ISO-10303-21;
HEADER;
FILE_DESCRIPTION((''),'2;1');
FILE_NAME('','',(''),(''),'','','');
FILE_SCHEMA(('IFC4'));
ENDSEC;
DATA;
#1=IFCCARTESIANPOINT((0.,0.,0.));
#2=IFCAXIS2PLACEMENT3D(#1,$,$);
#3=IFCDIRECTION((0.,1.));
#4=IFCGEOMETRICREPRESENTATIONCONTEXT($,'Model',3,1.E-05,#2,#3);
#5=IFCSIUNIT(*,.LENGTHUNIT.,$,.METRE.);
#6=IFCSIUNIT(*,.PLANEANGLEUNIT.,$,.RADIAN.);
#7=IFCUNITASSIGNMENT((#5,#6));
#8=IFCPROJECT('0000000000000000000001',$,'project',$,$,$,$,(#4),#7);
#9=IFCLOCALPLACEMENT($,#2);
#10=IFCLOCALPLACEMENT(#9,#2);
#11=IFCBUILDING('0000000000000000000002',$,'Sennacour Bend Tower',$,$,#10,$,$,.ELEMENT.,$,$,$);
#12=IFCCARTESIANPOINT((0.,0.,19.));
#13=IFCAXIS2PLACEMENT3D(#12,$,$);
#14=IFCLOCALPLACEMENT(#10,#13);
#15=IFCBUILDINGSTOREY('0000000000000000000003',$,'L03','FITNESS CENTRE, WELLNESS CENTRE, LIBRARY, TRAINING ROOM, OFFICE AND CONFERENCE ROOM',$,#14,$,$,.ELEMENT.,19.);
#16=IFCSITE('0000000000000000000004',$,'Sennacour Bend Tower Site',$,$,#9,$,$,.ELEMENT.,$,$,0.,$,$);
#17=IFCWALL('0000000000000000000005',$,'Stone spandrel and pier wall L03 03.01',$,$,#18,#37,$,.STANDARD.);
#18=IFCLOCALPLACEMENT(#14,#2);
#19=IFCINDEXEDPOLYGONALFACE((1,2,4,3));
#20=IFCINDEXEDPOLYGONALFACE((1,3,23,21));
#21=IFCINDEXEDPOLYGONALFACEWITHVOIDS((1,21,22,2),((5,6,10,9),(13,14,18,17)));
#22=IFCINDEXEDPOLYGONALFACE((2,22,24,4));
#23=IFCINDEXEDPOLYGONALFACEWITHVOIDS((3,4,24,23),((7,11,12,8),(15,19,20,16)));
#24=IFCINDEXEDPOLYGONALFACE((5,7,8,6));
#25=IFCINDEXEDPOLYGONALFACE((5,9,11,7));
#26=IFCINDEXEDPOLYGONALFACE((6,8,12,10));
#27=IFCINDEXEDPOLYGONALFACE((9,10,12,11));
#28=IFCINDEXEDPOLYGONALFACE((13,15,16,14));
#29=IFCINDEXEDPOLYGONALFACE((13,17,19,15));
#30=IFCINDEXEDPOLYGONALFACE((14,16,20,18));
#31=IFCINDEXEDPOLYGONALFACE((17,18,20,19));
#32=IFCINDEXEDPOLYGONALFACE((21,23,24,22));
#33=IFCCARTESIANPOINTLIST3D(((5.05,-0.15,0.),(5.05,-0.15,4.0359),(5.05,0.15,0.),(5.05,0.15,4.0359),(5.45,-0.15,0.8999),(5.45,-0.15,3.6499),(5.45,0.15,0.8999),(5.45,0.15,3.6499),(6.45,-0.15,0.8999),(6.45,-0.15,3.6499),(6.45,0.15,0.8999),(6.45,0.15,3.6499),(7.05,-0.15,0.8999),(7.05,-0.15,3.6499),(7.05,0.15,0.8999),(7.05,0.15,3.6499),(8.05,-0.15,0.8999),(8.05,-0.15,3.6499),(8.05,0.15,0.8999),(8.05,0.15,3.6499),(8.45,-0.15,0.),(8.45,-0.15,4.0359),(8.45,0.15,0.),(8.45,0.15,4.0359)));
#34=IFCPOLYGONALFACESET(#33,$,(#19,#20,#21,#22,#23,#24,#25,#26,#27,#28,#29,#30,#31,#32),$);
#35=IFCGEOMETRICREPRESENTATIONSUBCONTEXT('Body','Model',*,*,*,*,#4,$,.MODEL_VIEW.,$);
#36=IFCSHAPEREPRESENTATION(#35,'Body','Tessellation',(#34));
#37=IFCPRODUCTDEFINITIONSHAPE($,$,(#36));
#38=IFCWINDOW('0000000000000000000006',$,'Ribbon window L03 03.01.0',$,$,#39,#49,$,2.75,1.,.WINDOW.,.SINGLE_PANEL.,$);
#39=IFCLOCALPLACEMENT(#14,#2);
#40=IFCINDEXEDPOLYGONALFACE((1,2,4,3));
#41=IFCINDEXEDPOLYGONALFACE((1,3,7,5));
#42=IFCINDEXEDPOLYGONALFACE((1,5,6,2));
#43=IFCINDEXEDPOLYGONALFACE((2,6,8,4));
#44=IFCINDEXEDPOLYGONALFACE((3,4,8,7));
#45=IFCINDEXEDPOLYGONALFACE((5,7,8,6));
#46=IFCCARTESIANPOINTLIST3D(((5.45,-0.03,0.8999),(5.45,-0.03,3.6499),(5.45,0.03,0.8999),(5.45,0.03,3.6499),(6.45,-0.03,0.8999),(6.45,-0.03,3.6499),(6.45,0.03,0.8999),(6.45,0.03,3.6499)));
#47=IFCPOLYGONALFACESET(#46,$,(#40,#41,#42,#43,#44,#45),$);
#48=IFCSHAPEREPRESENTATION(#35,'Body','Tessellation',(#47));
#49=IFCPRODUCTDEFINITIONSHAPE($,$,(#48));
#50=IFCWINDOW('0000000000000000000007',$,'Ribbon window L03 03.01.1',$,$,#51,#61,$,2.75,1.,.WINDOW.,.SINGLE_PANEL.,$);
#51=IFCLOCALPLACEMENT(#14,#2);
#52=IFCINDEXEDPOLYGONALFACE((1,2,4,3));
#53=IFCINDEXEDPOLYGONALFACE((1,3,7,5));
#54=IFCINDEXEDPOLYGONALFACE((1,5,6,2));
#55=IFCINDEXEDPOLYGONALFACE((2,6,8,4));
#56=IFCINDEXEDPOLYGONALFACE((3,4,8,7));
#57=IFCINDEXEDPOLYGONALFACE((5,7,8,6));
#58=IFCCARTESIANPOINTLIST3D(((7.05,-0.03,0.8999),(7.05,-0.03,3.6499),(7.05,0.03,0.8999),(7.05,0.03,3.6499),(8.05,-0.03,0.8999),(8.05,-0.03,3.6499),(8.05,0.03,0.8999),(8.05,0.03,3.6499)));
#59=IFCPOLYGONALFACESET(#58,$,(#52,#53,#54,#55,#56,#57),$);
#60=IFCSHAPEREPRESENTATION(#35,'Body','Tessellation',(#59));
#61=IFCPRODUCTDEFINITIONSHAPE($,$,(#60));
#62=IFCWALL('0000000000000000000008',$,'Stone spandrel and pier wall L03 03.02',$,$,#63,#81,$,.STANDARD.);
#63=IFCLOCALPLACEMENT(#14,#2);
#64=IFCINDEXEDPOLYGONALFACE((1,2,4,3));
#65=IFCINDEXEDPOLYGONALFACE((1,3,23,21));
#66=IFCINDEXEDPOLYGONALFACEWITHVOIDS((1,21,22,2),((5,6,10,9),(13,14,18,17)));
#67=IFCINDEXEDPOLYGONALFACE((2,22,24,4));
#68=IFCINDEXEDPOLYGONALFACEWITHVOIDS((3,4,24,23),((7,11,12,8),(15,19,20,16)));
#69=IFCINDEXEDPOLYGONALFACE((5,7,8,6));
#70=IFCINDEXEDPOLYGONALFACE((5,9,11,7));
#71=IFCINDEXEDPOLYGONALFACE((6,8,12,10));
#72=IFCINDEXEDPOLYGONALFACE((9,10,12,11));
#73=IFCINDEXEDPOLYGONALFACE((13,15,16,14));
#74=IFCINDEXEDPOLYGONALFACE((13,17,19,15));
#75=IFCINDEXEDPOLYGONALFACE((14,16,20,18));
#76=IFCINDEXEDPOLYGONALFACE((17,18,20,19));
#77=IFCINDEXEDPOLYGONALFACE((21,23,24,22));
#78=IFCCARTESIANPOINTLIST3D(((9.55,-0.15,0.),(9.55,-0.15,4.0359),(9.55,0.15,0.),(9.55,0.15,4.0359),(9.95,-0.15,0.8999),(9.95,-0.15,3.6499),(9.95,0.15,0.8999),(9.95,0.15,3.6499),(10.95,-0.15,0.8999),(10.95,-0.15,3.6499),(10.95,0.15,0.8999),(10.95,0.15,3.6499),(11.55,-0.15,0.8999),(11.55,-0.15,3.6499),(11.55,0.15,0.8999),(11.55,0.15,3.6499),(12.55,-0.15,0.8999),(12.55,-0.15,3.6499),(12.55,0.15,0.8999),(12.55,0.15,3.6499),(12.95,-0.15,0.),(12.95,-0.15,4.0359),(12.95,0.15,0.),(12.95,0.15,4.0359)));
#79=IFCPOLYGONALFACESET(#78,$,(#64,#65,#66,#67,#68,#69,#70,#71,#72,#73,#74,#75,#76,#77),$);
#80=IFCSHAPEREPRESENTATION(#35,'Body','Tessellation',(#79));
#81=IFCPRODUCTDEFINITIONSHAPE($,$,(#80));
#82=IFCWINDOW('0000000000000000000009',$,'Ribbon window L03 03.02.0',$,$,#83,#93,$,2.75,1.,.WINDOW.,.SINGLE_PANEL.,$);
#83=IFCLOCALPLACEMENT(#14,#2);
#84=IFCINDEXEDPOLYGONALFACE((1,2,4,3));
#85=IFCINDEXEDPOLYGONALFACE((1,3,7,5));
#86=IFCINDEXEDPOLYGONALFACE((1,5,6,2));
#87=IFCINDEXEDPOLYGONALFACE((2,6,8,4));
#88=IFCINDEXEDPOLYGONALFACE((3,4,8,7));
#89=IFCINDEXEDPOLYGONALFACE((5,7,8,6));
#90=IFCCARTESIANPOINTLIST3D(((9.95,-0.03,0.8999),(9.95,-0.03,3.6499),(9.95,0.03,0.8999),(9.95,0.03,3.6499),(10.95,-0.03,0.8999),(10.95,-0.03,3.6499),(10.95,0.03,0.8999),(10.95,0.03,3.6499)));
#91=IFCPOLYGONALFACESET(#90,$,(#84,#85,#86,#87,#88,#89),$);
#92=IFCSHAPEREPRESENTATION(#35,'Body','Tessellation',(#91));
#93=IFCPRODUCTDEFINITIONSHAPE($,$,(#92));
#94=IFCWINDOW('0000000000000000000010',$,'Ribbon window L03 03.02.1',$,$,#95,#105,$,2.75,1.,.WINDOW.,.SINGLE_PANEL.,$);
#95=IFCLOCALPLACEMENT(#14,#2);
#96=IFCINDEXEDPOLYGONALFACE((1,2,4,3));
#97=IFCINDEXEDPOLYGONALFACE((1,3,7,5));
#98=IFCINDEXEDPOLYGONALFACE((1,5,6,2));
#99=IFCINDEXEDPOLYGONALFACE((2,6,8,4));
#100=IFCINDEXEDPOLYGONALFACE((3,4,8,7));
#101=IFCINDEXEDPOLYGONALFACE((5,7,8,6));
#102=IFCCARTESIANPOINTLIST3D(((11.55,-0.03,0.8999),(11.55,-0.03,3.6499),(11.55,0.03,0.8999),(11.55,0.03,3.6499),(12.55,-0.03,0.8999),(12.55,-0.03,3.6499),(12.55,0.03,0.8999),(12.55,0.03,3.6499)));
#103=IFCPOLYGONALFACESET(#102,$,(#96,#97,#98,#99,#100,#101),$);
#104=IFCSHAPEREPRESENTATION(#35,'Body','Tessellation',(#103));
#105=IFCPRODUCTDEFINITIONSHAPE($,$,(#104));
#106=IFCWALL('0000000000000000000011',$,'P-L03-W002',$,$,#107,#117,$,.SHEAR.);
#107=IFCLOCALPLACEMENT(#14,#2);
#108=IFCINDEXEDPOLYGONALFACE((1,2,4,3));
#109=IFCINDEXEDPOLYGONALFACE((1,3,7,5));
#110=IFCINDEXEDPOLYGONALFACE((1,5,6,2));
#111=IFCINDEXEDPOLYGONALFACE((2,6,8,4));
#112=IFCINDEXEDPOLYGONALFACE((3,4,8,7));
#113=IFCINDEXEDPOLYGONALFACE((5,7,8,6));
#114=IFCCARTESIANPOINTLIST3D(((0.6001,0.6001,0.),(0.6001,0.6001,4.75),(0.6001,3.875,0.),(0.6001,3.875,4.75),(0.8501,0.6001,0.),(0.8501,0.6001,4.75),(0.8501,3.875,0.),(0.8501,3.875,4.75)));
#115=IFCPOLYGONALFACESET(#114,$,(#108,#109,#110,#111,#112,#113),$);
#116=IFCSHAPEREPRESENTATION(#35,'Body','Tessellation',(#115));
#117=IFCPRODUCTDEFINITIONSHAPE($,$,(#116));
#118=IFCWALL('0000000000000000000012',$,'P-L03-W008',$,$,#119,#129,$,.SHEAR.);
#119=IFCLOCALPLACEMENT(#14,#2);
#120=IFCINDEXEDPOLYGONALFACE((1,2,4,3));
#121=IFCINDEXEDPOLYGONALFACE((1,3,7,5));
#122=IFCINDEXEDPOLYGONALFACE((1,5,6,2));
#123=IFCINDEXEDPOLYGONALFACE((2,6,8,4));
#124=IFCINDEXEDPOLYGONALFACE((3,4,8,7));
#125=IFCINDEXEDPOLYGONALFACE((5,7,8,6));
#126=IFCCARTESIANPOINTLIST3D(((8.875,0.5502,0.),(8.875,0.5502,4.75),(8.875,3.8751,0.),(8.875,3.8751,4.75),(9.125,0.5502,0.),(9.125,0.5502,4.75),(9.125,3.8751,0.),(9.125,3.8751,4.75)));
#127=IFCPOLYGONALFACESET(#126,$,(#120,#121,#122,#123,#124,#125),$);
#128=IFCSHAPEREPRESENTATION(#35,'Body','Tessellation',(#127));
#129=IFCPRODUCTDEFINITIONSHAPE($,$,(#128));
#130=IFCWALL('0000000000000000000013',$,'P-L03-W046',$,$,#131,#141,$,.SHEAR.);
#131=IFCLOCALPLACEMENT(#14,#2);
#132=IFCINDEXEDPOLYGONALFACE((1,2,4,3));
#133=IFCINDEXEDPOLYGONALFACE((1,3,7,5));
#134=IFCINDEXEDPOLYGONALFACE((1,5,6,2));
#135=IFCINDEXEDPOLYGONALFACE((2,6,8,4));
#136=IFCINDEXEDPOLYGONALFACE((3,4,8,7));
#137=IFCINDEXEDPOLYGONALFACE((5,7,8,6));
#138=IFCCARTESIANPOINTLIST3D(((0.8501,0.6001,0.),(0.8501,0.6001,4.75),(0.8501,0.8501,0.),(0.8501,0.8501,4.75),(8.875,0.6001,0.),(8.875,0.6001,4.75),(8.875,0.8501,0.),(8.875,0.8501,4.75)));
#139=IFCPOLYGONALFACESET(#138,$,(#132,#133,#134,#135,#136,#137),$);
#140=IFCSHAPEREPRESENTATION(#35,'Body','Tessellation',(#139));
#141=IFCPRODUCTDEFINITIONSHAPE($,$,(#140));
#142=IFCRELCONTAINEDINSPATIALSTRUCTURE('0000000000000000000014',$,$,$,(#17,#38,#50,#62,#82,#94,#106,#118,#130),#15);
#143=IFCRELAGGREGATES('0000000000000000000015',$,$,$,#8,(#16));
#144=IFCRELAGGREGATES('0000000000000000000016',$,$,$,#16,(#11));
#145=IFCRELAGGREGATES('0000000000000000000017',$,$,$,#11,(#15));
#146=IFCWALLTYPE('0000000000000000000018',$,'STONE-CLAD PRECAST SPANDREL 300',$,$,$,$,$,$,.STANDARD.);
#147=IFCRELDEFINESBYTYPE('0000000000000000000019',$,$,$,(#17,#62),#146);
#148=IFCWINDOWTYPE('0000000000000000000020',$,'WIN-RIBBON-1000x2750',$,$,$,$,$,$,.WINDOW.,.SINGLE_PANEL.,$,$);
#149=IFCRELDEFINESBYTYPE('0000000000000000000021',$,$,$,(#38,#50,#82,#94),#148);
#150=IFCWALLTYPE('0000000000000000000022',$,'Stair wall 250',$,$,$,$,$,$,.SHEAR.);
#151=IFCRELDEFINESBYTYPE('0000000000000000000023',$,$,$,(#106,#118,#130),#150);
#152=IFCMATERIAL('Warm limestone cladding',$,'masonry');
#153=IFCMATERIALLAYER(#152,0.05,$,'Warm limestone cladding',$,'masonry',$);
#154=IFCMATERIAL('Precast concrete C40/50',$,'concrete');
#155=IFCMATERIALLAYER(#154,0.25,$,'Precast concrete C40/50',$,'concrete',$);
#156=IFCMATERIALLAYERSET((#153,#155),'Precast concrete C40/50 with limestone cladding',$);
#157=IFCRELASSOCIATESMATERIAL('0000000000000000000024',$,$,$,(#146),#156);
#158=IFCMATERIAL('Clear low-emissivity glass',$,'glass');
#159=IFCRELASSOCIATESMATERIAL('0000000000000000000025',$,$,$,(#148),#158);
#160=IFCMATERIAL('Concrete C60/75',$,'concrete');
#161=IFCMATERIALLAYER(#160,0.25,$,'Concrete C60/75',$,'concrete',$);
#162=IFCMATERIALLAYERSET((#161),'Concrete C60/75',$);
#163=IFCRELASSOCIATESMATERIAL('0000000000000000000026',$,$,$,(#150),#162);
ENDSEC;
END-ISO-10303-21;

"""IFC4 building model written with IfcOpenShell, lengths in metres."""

from ifc_helpers import new_model, si_unit, direction, frame, frame_2d, origin, place, context, subcontext, project, spatial, rectangle, extrude, material, layer, layer_set, type_object, element, fill, save


model = new_model("IFC4")

# Units and contexts
model_context = context("Model", 3, precision=1e-05, world=origin(), true_north=direction((0.0, 1.0)))
body_context = subcontext(model_context, "Body", "Model", "MODEL_VIEW")
ifc_project = project(units=[si_unit("LENGTHUNIT", "METRE"), si_unit("PLANEANGLEUNIT", "RADIAN")], contexts=[model_context])

# Site, building, storey
site_placement = place(None, origin())
site = spatial("IfcSite", under=ifc_project, at=site_placement, Name="Sennacour Bend Tower Site", CompositionType="ELEMENT", RefElevation=0.0)
building_placement = place(site_placement, origin())
building = spatial("IfcBuilding", under=site, at=building_placement, Name="Sennacour Bend Tower", CompositionType="ELEMENT")
storey_placement = place(building_placement, frame((0.0, 0.0, 19.0)))
storey = spatial("IfcBuildingStorey", under=building, at=storey_placement, Name="L03", Description="FITNESS CENTRE, WELLNESS CENTRE, LIBRARY, TRAINING ROOM, OFFICE AND CONFERENCE ROOM", CompositionType="ELEMENT", Elevation=19.0)

# Walls, openings, windows
ifc_material_1 = material(Name="Warm limestone cladding", Category="masonry")
ifc_layer_1 = layer(ifc_material_1, 0.05, Name="Warm limestone cladding", Category="masonry")
ifc_material_2 = material(Name="Precast concrete C40/50", Category="concrete")
ifc_layer_2 = layer(ifc_material_2, 0.25, Name="Precast concrete C40/50", Category="concrete")
ifc_layer_set_1 = layer_set([ifc_layer_1, ifc_layer_2], Name="Precast concrete C40/50 with limestone cladding")
wall_type_1 = type_object("IfcWallType", Name="STONE-CLAD PRECAST SPANDREL 300", PredefinedType="STANDARD", material=ifc_layer_set_1)
wall_1_placement = place(storey_placement, frame((5.05, 0.0, 0.0), z_axis=(0.0, 0.0, 1.0), x_axis=(1.0, 0.0, 0.0)))
wall_1 = element("IfcWall", 1, at=wall_1_placement, inside=storey, type_object=wall_type_1, Name="Stone spandrel and pier wall L03 03.01", PredefinedType="STANDARD", context=body_context, shape_type="SweptSolid", body=[
    extrude(rectangle(XDim=3.3999, YDim=0.3, at=frame_2d((1.7, 0.0))), origin(), (0.0, 0.0, 1.0), 4.0359),
])
opening_1_placement = place(wall_1_placement, frame((0.3999, 0.0, 0.8999)))
opening_1 = element("IfcOpeningElement", 2, at=opening_1_placement, cuts=wall_1, PredefinedType="OPENING", context=body_context, shape_type="SweptSolid", body=[
    extrude(rectangle(XDim=1.0, YDim=2.75, at=frame_2d((0.5, 1.375))), frame((0.0, 0.1602, 0.0), z_axis=(0.0, -1.0, 0.0), x_axis=(1.0, 0.0, 0.0)), (0.0, 0.0, 1.0), 0.3201),
])
opening_2_placement = place(wall_1_placement, frame((2.0, 0.0, 0.8999)))
opening_2 = element("IfcOpeningElement", 3, at=opening_2_placement, cuts=wall_1, PredefinedType="OPENING", context=body_context, shape_type="SweptSolid", body=[
    extrude(rectangle(XDim=1.0, YDim=2.75, at=frame_2d((0.5, 1.375))), frame((0.0, 0.1602, 0.0), z_axis=(0.0, -1.0, 0.0), x_axis=(1.0, 0.0, 0.0)), (0.0, 0.0, 1.0), 0.3201),
])
ifc_material_3 = material(Name="Clear low-emissivity glass", Category="glass")
window_type = type_object("IfcWindowType", Name="WIN-RIBBON-1000x2750", PartitioningType="SINGLE_PANEL", PredefinedType="WINDOW", material=ifc_material_3)
window_1_placement = place(opening_1_placement, origin())
window_1 = element("IfcWindow", 4, at=window_1_placement, inside=storey, type_object=window_type, Name="Ribbon window L03 03.01.0", OverallHeight=2.75, OverallWidth=1.0, PartitioningType="SINGLE_PANEL", PredefinedType="WINDOW", context=body_context, shape_type="SweptSolid", body=[
    extrude(rectangle(XDim=1.0, YDim=2.75, at=frame_2d((0.5, 1.375))), frame((0.0, 0.03, 0.0), z_axis=(0.0, -1.0, 0.0), x_axis=(1.0, 0.0, 0.0)), (0.0, 0.0, 1.0), 0.0601),
])
fill(opening_1, window_1)
window_2_placement = place(opening_2_placement, origin())
window_2 = element("IfcWindow", 5, at=window_2_placement, inside=storey, type_object=window_type, Name="Ribbon window L03 03.01.1", OverallHeight=2.75, OverallWidth=1.0, PartitioningType="SINGLE_PANEL", PredefinedType="WINDOW", context=body_context, shape_type="SweptSolid", body=[
    extrude(rectangle(XDim=1.0, YDim=2.75, at=frame_2d((0.5, 1.375))), frame((0.0, 0.03, 0.0), z_axis=(0.0, -1.0, 0.0), x_axis=(1.0, 0.0, 0.0)), (0.0, 0.0, 1.0), 0.0601),
])
fill(opening_2, window_2)
wall_2_placement = place(storey_placement, frame((9.55, 0.0, 0.0), z_axis=(0.0, 0.0, 1.0), x_axis=(1.0, 0.0, 0.0)))
wall_2 = element("IfcWall", 6, at=wall_2_placement, inside=storey, type_object=wall_type_1, Name="Stone spandrel and pier wall L03 03.02", PredefinedType="STANDARD", context=body_context, shape_type="SweptSolid", body=[
    extrude(rectangle(XDim=3.3999, YDim=0.3, at=frame_2d((1.7, 0.0))), origin(), (0.0, 0.0, 1.0), 4.0359),
])
opening_3_placement = place(wall_2_placement, frame((0.3999, 0.0, 0.8999)))
opening_3 = element("IfcOpeningElement", 7, at=opening_3_placement, cuts=wall_2, PredefinedType="OPENING", context=body_context, shape_type="SweptSolid", body=[
    extrude(rectangle(XDim=1.0, YDim=2.75, at=frame_2d((0.5, 1.375))), frame((0.0, 0.1602, 0.0), z_axis=(0.0, -1.0, 0.0), x_axis=(1.0, 0.0, 0.0)), (0.0, 0.0, 1.0), 0.3201),
])
opening_4_placement = place(wall_2_placement, frame((2.0, 0.0, 0.8999)))
opening_4 = element("IfcOpeningElement", 8, at=opening_4_placement, cuts=wall_2, PredefinedType="OPENING", context=body_context, shape_type="SweptSolid", body=[
    extrude(rectangle(XDim=1.0, YDim=2.75, at=frame_2d((0.5, 1.375))), frame((0.0, 0.1602, 0.0), z_axis=(0.0, -1.0, 0.0), x_axis=(1.0, 0.0, 0.0)), (0.0, 0.0, 1.0), 0.3201),
])
window_3_placement = place(opening_3_placement, origin())
window_3 = element("IfcWindow", 9, at=window_3_placement, inside=storey, type_object=window_type, Name="Ribbon window L03 03.02.0", OverallHeight=2.75, OverallWidth=1.0, PartitioningType="SINGLE_PANEL", PredefinedType="WINDOW", context=body_context, shape_type="SweptSolid", body=[
    extrude(rectangle(XDim=1.0, YDim=2.75, at=frame_2d((0.5, 1.375))), frame((0.0, 0.03, 0.0), z_axis=(0.0, -1.0, 0.0), x_axis=(1.0, 0.0, 0.0)), (0.0, 0.0, 1.0), 0.0601),
])
fill(opening_3, window_3)
window_4_placement = place(opening_4_placement, origin())
window_4 = element("IfcWindow", 10, at=window_4_placement, inside=storey, type_object=window_type, Name="Ribbon window L03 03.02.1", OverallHeight=2.75, OverallWidth=1.0, PartitioningType="SINGLE_PANEL", PredefinedType="WINDOW", context=body_context, shape_type="SweptSolid", body=[
    extrude(rectangle(XDim=1.0, YDim=2.75, at=frame_2d((0.5, 1.375))), frame((0.0, 0.03, 0.0), z_axis=(0.0, -1.0, 0.0), x_axis=(1.0, 0.0, 0.0)), (0.0, 0.0, 1.0), 0.0601),
])
fill(opening_4, window_4)

# Walls
ifc_material_4 = material(Name="Concrete C60/75", Category="concrete")
ifc_layer_3 = layer(ifc_material_4, 0.25, Name="Concrete C60/75", Category="concrete")
ifc_layer_set_2 = layer_set([ifc_layer_3], Name="Concrete C60/75")
wall_type_2 = type_object("IfcWallType", Name="Stair wall 250", PredefinedType="SHEAR", material=ifc_layer_set_2)
wall_3_placement = place(storey_placement, frame((0.7251, 0.6001, 0.0), z_axis=(0.0, 0.0, 1.0), x_axis=(0.0, 1.0, 0.0)))
element("IfcWall", 11, at=wall_3_placement, inside=storey, type_object=wall_type_2, Name="P-L03-W002", PredefinedType="SHEAR", context=body_context, shape_type="SweptSolid", body=[
    extrude(rectangle(XDim=3.2749, YDim=0.25, at=frame_2d((1.6375, 0.0))), origin(), (0.0, 0.0, 1.0), 4.75),
])
wall_4_placement = place(storey_placement, frame((9.0, 0.55, 0.0), z_axis=(0.0, 0.0, 1.0), x_axis=(0.0, 1.0, 0.0)))
element("IfcWall", 12, at=wall_4_placement, inside=storey, type_object=wall_type_2, Name="P-L03-W008", PredefinedType="SHEAR", context=body_context, shape_type="SweptSolid", body=[
    extrude(rectangle(XDim=3.325, YDim=0.25, at=frame_2d((1.6626, 0.0))), origin(), (0.0, 0.0, 1.0), 4.75),
])
wall_5_placement = place(storey_placement, frame((0.8501, 0.7251, 0.0), z_axis=(0.0, 0.0, 1.0), x_axis=(1.0, 0.0, 0.0)))
element("IfcWall", 13, at=wall_5_placement, inside=storey, type_object=wall_type_2, Name="P-L03-W046", PredefinedType="SHEAR", context=body_context, shape_type="SweptSolid", body=[
    extrude(rectangle(XDim=8.0249, YDim=0.25, at=frame_2d((4.0125, 0.0))), origin(), (0.0, 0.0, 1.0), 4.75),
])

save(model, "model.ifc")
